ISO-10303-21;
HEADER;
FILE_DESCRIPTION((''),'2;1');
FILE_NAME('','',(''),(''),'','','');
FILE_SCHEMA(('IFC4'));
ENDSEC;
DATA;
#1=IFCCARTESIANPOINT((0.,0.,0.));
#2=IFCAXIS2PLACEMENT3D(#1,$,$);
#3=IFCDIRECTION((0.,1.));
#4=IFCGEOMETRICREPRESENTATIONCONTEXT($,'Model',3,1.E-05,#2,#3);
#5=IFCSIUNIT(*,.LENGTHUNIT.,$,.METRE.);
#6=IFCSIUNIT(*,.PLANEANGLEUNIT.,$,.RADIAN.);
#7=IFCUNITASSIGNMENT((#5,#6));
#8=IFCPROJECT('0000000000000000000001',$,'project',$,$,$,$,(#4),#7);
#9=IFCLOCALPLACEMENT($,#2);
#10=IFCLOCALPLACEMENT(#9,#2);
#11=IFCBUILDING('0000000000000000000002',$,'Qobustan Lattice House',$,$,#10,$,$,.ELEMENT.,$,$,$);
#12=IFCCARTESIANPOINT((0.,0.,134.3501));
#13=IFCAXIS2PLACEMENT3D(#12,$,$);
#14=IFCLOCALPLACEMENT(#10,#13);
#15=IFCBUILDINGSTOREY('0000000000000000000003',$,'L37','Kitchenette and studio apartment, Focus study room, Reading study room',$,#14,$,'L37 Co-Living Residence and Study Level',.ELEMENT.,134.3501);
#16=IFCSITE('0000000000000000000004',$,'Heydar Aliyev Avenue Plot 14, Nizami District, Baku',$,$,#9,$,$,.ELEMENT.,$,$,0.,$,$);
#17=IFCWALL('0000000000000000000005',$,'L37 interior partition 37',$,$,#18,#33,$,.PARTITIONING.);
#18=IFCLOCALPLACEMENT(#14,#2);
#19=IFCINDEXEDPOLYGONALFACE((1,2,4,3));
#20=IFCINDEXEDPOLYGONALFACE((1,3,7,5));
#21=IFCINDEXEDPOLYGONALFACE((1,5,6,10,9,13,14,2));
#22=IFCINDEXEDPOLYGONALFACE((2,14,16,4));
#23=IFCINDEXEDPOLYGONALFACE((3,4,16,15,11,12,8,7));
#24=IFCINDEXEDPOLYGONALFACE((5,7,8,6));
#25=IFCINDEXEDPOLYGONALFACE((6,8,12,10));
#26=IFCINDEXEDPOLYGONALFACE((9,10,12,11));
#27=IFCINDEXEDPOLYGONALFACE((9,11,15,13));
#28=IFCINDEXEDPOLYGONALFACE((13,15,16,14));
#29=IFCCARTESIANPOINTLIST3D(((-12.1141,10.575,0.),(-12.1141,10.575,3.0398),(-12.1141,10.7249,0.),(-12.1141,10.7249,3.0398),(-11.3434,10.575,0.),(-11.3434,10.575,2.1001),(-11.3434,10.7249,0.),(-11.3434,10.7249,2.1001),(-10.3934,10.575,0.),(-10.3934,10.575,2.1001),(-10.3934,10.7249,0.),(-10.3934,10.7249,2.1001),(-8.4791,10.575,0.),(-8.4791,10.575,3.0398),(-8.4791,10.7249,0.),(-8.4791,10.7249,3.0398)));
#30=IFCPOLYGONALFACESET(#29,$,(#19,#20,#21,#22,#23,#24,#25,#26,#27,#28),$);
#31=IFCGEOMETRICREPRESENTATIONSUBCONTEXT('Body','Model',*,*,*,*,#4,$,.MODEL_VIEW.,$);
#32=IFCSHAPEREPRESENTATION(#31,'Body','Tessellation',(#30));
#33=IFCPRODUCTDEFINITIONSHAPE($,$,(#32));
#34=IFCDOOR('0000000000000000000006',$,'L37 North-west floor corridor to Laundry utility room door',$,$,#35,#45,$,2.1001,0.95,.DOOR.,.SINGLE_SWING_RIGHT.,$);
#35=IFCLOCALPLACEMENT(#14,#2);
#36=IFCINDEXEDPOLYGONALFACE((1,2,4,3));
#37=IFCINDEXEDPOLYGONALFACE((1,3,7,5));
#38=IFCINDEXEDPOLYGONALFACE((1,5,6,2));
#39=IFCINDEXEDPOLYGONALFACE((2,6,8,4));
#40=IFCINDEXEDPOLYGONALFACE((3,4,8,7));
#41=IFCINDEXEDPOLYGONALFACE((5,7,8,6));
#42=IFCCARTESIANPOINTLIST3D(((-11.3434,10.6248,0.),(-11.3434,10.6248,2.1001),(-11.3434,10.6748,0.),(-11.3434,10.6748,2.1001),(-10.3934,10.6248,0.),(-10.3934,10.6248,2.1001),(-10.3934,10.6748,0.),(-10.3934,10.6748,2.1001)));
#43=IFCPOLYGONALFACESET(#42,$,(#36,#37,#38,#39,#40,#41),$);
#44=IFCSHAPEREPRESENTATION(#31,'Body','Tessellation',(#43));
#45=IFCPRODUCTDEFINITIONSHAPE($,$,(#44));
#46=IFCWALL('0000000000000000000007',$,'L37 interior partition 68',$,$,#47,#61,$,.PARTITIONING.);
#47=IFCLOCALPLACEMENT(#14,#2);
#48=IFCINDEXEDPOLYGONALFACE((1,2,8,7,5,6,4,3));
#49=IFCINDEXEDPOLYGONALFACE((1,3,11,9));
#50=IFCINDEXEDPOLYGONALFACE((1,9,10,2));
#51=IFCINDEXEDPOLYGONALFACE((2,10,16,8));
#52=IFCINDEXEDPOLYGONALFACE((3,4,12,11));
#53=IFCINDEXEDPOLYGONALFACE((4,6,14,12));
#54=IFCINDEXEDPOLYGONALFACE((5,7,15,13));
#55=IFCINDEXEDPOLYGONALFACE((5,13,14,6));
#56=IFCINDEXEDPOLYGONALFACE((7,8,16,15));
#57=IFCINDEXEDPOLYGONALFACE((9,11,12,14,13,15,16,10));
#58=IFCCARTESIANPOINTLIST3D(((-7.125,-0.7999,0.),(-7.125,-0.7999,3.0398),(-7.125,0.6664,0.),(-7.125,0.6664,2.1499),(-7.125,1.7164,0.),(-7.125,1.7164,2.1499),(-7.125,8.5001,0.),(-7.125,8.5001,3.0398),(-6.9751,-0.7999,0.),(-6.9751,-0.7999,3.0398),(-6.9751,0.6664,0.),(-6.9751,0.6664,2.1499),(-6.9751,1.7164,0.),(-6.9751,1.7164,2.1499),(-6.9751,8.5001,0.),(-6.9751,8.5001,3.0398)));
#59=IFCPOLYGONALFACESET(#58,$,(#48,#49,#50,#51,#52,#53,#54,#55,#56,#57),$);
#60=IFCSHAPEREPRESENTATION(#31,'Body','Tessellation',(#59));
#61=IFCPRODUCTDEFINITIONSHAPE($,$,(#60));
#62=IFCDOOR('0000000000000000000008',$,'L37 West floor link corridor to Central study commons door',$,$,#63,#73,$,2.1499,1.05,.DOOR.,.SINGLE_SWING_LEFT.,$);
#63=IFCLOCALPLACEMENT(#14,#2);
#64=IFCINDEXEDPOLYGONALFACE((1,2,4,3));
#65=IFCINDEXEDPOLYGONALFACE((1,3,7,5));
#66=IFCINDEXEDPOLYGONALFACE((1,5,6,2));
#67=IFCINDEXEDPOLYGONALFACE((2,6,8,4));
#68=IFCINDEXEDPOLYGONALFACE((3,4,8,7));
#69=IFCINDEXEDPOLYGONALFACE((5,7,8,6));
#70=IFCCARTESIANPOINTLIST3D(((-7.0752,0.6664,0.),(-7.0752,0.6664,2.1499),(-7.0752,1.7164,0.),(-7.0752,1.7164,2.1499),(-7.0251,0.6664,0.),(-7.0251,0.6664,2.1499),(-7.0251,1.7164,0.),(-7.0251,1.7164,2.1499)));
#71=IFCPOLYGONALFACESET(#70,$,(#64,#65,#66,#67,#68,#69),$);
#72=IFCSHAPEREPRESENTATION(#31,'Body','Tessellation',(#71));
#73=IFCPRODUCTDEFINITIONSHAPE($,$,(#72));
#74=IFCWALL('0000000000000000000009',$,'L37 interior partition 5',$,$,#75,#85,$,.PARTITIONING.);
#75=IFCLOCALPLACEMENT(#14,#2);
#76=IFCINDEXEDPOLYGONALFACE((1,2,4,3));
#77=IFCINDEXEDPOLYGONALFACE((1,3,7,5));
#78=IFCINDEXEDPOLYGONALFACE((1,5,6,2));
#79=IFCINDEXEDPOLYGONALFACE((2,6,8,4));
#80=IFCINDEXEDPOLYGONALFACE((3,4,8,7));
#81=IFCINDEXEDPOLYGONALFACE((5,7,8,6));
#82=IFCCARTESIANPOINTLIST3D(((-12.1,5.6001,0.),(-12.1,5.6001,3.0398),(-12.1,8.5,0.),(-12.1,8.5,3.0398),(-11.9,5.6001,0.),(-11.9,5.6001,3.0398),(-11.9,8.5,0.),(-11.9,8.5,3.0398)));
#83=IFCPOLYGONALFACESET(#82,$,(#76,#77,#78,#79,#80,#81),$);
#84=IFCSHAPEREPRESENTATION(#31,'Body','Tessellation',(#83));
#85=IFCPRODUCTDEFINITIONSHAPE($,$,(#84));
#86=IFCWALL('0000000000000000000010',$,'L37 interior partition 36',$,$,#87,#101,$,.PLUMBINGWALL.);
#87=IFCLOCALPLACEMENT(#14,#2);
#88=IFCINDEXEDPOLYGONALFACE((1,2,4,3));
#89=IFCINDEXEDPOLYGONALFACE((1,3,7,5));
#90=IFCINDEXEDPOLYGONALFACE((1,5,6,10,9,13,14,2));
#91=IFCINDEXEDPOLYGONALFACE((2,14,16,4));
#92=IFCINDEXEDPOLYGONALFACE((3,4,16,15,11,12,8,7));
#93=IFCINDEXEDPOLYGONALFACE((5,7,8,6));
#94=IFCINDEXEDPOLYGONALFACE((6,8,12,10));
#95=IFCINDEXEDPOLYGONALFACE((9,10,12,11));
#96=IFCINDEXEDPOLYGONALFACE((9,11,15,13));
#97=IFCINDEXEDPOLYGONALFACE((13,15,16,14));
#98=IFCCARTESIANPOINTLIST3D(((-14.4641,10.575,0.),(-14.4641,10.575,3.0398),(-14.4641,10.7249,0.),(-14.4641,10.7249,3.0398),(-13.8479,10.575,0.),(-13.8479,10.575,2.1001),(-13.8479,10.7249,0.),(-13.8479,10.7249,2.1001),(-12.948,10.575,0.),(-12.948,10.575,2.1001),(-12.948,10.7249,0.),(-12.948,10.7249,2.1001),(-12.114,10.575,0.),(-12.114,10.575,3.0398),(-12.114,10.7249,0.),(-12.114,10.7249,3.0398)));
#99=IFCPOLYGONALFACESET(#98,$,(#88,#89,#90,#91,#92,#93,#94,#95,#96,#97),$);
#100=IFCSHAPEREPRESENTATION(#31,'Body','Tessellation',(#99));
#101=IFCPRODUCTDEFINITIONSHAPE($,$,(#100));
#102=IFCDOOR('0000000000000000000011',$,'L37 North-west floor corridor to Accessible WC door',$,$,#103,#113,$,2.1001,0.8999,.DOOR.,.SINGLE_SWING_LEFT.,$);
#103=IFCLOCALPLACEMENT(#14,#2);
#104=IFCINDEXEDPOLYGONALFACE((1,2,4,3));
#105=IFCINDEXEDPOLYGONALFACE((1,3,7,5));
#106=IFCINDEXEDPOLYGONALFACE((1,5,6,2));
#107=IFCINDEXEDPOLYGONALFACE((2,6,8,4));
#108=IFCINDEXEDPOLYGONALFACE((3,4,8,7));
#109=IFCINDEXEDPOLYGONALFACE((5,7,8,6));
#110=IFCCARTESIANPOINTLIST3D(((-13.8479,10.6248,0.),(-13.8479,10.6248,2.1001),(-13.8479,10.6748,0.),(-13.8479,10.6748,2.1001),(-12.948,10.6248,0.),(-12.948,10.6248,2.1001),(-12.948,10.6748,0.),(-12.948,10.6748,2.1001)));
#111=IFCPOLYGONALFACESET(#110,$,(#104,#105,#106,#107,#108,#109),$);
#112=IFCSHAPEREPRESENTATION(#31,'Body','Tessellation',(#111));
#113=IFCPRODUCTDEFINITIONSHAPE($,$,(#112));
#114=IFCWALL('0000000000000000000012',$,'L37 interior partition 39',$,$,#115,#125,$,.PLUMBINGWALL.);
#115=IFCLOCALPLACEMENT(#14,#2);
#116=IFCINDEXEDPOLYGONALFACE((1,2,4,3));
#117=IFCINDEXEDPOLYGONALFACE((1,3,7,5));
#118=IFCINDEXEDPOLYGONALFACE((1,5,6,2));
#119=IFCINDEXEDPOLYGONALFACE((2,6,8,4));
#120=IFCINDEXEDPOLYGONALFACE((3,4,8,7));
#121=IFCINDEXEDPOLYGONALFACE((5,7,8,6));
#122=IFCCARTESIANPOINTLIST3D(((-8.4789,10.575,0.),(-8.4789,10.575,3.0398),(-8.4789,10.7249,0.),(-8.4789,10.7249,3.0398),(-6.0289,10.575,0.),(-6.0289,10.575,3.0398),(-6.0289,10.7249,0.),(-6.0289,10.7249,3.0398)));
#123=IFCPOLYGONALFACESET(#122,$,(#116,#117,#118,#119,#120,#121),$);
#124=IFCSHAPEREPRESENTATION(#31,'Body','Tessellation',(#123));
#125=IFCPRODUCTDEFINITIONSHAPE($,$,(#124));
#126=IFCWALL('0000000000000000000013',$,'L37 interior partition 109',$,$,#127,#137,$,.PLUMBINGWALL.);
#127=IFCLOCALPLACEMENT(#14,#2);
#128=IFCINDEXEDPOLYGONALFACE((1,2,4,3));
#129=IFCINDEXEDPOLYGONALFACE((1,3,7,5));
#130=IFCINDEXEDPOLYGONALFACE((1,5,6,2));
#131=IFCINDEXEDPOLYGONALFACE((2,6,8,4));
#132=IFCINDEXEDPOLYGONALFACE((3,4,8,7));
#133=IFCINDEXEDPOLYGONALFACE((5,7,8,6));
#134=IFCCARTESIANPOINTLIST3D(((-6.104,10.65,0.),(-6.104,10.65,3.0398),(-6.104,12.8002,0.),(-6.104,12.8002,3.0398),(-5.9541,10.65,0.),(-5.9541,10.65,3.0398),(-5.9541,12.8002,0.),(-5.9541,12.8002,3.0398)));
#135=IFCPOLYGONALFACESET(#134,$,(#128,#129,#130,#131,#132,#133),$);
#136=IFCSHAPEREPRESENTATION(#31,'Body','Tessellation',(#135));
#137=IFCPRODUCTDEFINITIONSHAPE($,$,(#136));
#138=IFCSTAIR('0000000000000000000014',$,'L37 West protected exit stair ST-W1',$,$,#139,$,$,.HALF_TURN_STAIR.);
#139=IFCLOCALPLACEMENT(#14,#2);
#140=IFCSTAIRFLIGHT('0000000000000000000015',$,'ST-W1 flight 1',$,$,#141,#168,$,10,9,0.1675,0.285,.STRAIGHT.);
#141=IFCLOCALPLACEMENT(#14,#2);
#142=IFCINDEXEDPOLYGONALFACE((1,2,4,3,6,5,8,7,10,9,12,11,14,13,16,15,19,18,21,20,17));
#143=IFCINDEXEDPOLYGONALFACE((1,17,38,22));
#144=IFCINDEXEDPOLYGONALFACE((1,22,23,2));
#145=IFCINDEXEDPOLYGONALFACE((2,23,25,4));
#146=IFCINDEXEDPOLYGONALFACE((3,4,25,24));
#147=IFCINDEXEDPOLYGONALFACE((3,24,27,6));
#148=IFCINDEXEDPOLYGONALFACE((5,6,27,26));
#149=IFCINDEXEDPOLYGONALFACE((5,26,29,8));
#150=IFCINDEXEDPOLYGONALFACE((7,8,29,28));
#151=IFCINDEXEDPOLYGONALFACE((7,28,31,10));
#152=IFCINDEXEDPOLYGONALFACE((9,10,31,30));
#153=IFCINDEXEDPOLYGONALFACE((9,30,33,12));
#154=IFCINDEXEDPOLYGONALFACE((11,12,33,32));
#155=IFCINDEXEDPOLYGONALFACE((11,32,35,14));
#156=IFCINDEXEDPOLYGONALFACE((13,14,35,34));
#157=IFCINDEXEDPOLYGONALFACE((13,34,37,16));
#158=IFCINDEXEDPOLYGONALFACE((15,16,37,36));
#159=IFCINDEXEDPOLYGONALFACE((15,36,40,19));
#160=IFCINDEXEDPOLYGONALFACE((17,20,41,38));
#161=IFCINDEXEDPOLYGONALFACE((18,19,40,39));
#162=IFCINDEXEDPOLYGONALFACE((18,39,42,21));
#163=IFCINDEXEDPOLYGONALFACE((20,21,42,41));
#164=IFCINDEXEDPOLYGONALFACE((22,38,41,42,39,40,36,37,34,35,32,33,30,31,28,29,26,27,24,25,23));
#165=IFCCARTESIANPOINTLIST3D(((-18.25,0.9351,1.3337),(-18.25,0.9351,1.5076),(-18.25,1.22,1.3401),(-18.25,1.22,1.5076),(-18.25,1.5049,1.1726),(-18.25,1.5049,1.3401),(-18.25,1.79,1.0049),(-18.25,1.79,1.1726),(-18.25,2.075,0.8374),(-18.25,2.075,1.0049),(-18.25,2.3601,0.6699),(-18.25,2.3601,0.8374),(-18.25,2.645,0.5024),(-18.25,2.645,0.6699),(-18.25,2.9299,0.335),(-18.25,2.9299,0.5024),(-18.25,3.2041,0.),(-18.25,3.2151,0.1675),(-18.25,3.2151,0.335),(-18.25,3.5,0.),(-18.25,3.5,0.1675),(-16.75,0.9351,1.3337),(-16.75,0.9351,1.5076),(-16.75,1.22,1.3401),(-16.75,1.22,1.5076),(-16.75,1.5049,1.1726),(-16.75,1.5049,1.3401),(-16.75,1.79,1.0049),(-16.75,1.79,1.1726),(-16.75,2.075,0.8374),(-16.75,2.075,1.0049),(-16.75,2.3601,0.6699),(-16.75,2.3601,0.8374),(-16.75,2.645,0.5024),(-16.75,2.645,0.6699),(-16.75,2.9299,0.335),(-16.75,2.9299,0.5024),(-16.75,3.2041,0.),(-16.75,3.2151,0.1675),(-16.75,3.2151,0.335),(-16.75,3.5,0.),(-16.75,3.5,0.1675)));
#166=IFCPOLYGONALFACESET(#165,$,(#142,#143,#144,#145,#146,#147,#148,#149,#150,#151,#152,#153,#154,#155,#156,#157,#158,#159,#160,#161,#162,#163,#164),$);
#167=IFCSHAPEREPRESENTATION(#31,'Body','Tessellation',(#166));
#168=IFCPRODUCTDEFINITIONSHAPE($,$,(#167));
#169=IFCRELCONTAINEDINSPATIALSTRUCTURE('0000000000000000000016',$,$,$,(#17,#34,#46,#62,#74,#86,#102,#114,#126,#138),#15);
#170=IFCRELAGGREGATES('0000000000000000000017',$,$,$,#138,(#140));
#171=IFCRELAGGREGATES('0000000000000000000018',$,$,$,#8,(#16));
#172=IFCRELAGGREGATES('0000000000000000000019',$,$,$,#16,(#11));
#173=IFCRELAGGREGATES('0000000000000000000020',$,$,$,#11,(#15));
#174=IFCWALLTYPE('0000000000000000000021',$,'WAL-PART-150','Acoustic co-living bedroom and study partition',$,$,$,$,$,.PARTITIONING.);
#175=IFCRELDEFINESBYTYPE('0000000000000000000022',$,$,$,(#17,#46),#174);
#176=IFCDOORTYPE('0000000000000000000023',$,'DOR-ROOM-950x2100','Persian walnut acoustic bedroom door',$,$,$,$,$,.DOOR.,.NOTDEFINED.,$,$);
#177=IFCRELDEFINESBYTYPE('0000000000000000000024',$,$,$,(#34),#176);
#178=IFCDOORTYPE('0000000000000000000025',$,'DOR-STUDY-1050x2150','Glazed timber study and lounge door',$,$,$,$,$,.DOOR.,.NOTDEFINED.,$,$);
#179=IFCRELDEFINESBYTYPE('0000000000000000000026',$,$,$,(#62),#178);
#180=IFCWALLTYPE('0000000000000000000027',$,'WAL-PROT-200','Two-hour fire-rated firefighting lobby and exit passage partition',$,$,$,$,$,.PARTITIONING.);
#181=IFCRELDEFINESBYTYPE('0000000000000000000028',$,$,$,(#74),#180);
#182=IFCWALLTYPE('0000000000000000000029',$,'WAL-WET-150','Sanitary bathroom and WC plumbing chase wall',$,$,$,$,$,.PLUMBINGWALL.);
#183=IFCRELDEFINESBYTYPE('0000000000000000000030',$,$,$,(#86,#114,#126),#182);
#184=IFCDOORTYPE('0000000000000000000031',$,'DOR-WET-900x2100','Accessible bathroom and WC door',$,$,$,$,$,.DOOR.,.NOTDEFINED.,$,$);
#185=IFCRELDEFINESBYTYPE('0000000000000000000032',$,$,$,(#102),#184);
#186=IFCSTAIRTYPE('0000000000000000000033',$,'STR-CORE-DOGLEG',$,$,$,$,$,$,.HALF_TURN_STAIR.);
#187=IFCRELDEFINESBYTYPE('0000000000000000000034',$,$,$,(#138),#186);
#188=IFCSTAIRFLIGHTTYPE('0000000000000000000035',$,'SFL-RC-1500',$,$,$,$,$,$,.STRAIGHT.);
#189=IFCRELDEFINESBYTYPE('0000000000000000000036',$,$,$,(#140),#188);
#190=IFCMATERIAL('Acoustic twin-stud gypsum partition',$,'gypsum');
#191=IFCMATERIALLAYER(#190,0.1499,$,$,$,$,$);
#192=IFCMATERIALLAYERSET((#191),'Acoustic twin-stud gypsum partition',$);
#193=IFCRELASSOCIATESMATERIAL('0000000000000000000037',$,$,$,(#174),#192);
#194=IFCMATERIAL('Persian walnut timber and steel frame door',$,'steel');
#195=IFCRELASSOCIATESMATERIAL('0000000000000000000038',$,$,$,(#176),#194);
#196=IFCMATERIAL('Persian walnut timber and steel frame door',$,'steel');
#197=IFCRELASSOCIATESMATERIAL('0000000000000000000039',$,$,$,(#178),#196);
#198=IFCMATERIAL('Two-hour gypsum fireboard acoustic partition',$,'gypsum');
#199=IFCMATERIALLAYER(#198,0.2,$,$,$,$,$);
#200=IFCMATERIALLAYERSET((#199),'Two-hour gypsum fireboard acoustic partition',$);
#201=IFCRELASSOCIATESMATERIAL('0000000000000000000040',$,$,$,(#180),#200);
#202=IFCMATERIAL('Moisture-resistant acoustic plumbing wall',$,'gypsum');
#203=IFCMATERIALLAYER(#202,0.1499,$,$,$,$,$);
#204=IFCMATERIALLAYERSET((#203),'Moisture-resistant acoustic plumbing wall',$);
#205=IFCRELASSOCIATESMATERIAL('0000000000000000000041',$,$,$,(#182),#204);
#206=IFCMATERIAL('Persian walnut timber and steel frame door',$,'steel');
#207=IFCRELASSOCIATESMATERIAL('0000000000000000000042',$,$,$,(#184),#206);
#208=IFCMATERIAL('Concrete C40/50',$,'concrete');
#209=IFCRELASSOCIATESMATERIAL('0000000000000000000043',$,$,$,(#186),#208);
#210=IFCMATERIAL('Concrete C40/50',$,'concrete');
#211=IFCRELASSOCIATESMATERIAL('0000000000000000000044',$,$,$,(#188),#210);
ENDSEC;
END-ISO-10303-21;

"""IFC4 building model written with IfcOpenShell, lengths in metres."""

from ifc_helpers import new_model, si_unit, direction, frame, frame_2d, origin, place, context, subcontext, project, spatial, polyline, rectangle, outline, extrude, material, layer, layer_set, type_object, element, fill, aggregate, save


model = new_model("IFC4")

# Units and contexts
model_context = context("Model", 3, precision=1e-05, world=origin(), true_north=direction((0.0, 1.0)))
body_context = subcontext(model_context, "Body", "Model", "MODEL_VIEW")
ifc_project = project(units=[si_unit("LENGTHUNIT", "METRE"), si_unit("PLANEANGLEUNIT", "RADIAN")], contexts=[model_context])

# Site, building, storey
site_placement = place(None, origin())
site = spatial("IfcSite", under=ifc_project, at=site_placement, Name="Heydar Aliyev Avenue Plot 14, Nizami District, Baku", CompositionType="ELEMENT", RefElevation=0.0)
building_placement = place(site_placement, origin())
building = spatial("IfcBuilding", under=site, at=building_placement, Name="Qobustan Lattice House", CompositionType="ELEMENT")
storey_placement = place(building_placement, frame((0.0, 0.0, 134.3501)))
storey = spatial("IfcBuildingStorey", under=building, at=storey_placement, Name="L37", Description="Kitchenette and studio apartment, Focus study room, Reading study room", LongName="L37 Co-Living Residence and Study Level", CompositionType="ELEMENT", Elevation=134.3501)

# Walls, openings, doors
ifc_material_1 = material(Name="Acoustic twin-stud gypsum partition", Category="gypsum")
ifc_layer_1 = layer(ifc_material_1, 0.1499)
ifc_layer_set_1 = layer_set([ifc_layer_1], Name="Acoustic twin-stud gypsum partition")
wall_type_1 = type_object("IfcWallType", Name="WAL-PART-150", Description="Acoustic co-living bedroom and study partition", PredefinedType="PARTITIONING", material=ifc_layer_set_1)
wall_1_placement = place(storey_placement, frame((-12.114, 10.6499, 0.0), z_axis=(0.0, 0.0, 1.0), x_axis=(1.0, 0.0, 0.0)))
wall_1 = element("IfcWall", 1, at=wall_1_placement, inside=storey, type_object=wall_type_1, Name="L37 interior partition 37", PredefinedType="PARTITIONING", context=body_context, shape_type="SweptSolid", body=[
    extrude(rectangle(XDim=3.635, YDim=0.1499, at=frame_2d((1.8174, 0.0))), origin(), (0.0, 0.0, 1.0), 3.0398),
])
opening_1_placement = place(wall_1_placement, frame((0.7705, 0.0, 0.0)))
opening_1 = element("IfcOpeningElement", 2, at=opening_1_placement, cuts=wall_1, PredefinedType="OPENING", context=body_context, shape_type="SweptSolid", body=[
    extrude(rectangle(XDim=0.95, YDim=2.1001, at=frame_2d((0.4751, 1.05))), frame((0.0, 0.085, 0.0), z_axis=(0.0, -1.0, 0.0), x_axis=(1.0, 0.0, 0.0)), (0.0, 0.0, 1.0), 0.1699),
])
ifc_material_2 = material(Name="Persian walnut timber and steel frame door", Category="steel")
door_type_1 = type_object("IfcDoorType", Name="DOR-ROOM-950x2100", Description="Persian walnut acoustic bedroom door", OperationType="NOTDEFINED", PredefinedType="DOOR", material=ifc_material_2)
door_1_placement = place(opening_1_placement, origin())
door_1 = element("IfcDoor", 3, at=door_1_placement, inside=storey, type_object=door_type_1, Name="L37 North-west floor corridor to Laundry utility room door", OperationType="SINGLE_SWING_RIGHT", OverallHeight=2.1001, OverallWidth=0.95, PredefinedType="DOOR", context=body_context, shape_type="SweptSolid", body=[
    extrude(rectangle(XDim=0.95, YDim=2.1001, at=frame_2d((0.4751, 1.05))), frame((0.0, 0.0249, 0.0), z_axis=(0.0, -1.0, 0.0), x_axis=(1.0, 0.0, 0.0)), (0.0, 0.0, 1.0), 0.05),
])
fill(opening_1, door_1)
wall_2_placement = place(storey_placement, frame((-7.05, 8.5, 0.0), z_axis=(0.0, 0.0, 1.0), x_axis=(0.0, -1.0, 0.0)))
wall_2 = element("IfcWall", 4, at=wall_2_placement, inside=storey, type_object=wall_type_1, Name="L37 interior partition 68", PredefinedType="PARTITIONING", context=body_context, shape_type="SweptSolid", body=[
    extrude(rectangle(XDim=9.3, YDim=0.1499, at=frame_2d((4.6499, 0.0))), origin(), (0.0, 0.0, 1.0), 3.0398),
])
opening_2_placement = place(wall_2_placement, frame((6.7837, 0.0, 0.0)))
opening_2 = element("IfcOpeningElement", 5, at=opening_2_placement, cuts=wall_2, PredefinedType="OPENING", context=body_context, shape_type="SweptSolid", body=[
    extrude(rectangle(XDim=1.05, YDim=2.1499, at=frame_2d((0.5249, 1.075))), frame((0.0, 0.085, 0.0), z_axis=(0.0, -1.0, 0.0), x_axis=(1.0, 0.0, 0.0)), (0.0, 0.0, 1.0), 0.1699),
])
ifc_material_3 = material(Name="Persian walnut timber and steel frame door", Category="steel")
door_type_2 = type_object("IfcDoorType", Name="DOR-STUDY-1050x2150", Description="Glazed timber study and lounge door", OperationType="NOTDEFINED", PredefinedType="DOOR", material=ifc_material_3)
door_2_placement = place(opening_2_placement, origin())
door_2 = element("IfcDoor", 6, at=door_2_placement, inside=storey, type_object=door_type_2, Name="L37 West floor link corridor to Central study commons door", OperationType="SINGLE_SWING_LEFT", OverallHeight=2.1499, OverallWidth=1.05, PredefinedType="DOOR", context=body_context, shape_type="SweptSolid", body=[
    extrude(rectangle(XDim=1.05, YDim=2.1499, at=frame_2d((0.5249, 1.075))), frame((0.0, 0.0249, 0.0), z_axis=(0.0, -1.0, 0.0), x_axis=(1.0, 0.0, 0.0)), (0.0, 0.0, 1.0), 0.05),
])
fill(opening_2, door_2)
ifc_material_4 = material(Name="Two-hour gypsum fireboard acoustic partition", Category="gypsum")
ifc_layer_2 = layer(ifc_material_4, 0.2)
ifc_layer_set_2 = layer_set([ifc_layer_2], Name="Two-hour gypsum fireboard acoustic partition")
wall_type_2 = type_object("IfcWallType", Name="WAL-PROT-200", Description="Two-hour fire-rated firefighting lobby and exit passage partition", PredefinedType="PARTITIONING", material=ifc_layer_set_2)

# Wall
wall_3_placement = place(storey_placement, frame((-12.0, 5.6001, 0.0), z_axis=(0.0, 0.0, 1.0), x_axis=(0.0, 1.0, 0.0)))
element("IfcWall", 7, at=wall_3_placement, inside=storey, type_object=wall_type_2, Name="L37 interior partition 5", PredefinedType="PARTITIONING", context=body_context, shape_type="SweptSolid", body=[
    extrude(rectangle(XDim=2.8999, YDim=0.2, at=frame_2d((1.45, 0.0))), origin(), (0.0, 0.0, 1.0), 3.0398),
])

# Wall, opening, door
ifc_material_5 = material(Name="Moisture-resistant acoustic plumbing wall", Category="gypsum")
ifc_layer_3 = layer(ifc_material_5, 0.1499)
ifc_layer_set_3 = layer_set([ifc_layer_3], Name="Moisture-resistant acoustic plumbing wall")
wall_type_3 = type_object("IfcWallType", Name="WAL-WET-150", Description="Sanitary bathroom and WC plumbing chase wall", PredefinedType="PLUMBINGWALL", material=ifc_layer_set_3)
wall_4_placement = place(storey_placement, frame((-14.4641, 10.6499, 0.0), z_axis=(0.0, 0.0, 1.0), x_axis=(1.0, 0.0, 0.0)))
wall_4 = element("IfcWall", 8, at=wall_4_placement, inside=storey, type_object=wall_type_3, Name="L37 interior partition 36", PredefinedType="PLUMBINGWALL", context=body_context, shape_type="SweptSolid", body=[
    extrude(rectangle(XDim=2.3501, YDim=0.1499, at=frame_2d((1.175, 0.0))), origin(), (0.0, 0.0, 1.0), 3.0398),
])
opening_3_placement = place(wall_4_placement, frame((0.6162, 0.0, 0.0)))
opening_3 = element("IfcOpeningElement", 9, at=opening_3_placement, cuts=wall_4, PredefinedType="OPENING", context=body_context, shape_type="SweptSolid", body=[
    extrude(rectangle(XDim=0.8999, YDim=2.1001, at=frame_2d((0.45, 1.05))), frame((0.0, 0.085, 0.0), z_axis=(0.0, -1.0, 0.0), x_axis=(1.0, 0.0, 0.0)), (0.0, 0.0, 1.0), 0.1699),
])
ifc_material_6 = material(Name="Persian walnut timber and steel frame door", Category="steel")
door_type_3 = type_object("IfcDoorType", Name="DOR-WET-900x2100", Description="Accessible bathroom and WC door", OperationType="NOTDEFINED", PredefinedType="DOOR", material=ifc_material_6)
door_3_placement = place(opening_3_placement, origin())
door_3 = element("IfcDoor", 10, at=door_3_placement, inside=storey, type_object=door_type_3, Name="L37 North-west floor corridor to Accessible WC door", OperationType="SINGLE_SWING_LEFT", OverallHeight=2.1001, OverallWidth=0.8999, PredefinedType="DOOR", context=body_context, shape_type="SweptSolid", body=[
    extrude(rectangle(XDim=0.8999, YDim=2.1001, at=frame_2d((0.45, 1.05))), frame((0.0, 0.0249, 0.0), z_axis=(0.0, -1.0, 0.0), x_axis=(1.0, 0.0, 0.0)), (0.0, 0.0, 1.0), 0.05),
])
fill(opening_3, door_3)

# Walls
wall_5_placement = place(storey_placement, frame((-8.479, 10.6499, 0.0), z_axis=(0.0, 0.0, 1.0), x_axis=(1.0, 0.0, 0.0)))
element("IfcWall", 11, at=wall_5_placement, inside=storey, type_object=wall_type_3, Name="L37 interior partition 39", PredefinedType="PLUMBINGWALL", context=body_context, shape_type="SweptSolid", body=[
    extrude(rectangle(XDim=2.45, YDim=0.1499, at=frame_2d((1.2251, 0.0))), origin(), (0.0, 0.0, 1.0), 3.0398),
])
wall_6_placement = place(storey_placement, frame((-6.0291, 10.6499, 0.0), z_axis=(0.0, 0.0, 1.0), x_axis=(0.0, 1.0, 0.0)))
element("IfcWall", 12, at=wall_6_placement, inside=storey, type_object=wall_type_3, Name="L37 interior partition 109", PredefinedType="PLUMBINGWALL", context=body_context, shape_type="SweptSolid", body=[
    extrude(rectangle(XDim=2.1501, YDim=0.1499, at=frame_2d((1.0752, 0.0))), origin(), (0.0, 0.0, 1.0), 3.0398),
])

# Stair, stair flight
ifc_material_7 = material(Name="Concrete C40/50", Category="concrete")
stair_type = type_object("IfcStairType", Name="STR-CORE-DOGLEG", PredefinedType="HALF_TURN_STAIR", material=ifc_material_7)
stair_placement = place(storey_placement, origin())
stair = element("IfcStair", 13, at=stair_placement, inside=storey, type_object=stair_type, Name="L37 West protected exit stair ST-W1", PredefinedType="HALF_TURN_STAIR")
ifc_material_8 = material(Name="Concrete C40/50", Category="concrete")
stair_flight_type = type_object("IfcStairFlightType", Name="SFL-RC-1500", PredefinedType="STRAIGHT", material=ifc_material_8)
stair_flight_placement = place(storey_placement, frame((-17.5, 3.5, 0.0), z_axis=(0.0, 0.0, 1.0), x_axis=(0.0, -1.0, 0.0)))
stair_flight = element("IfcStairFlight", 14, at=stair_flight_placement, type_object=stair_flight_type, Name="ST-W1 flight 1", NumberOfRisers=10, NumberOfTreads=9, PredefinedType="STRAIGHT", RiserHeight=0.1675, TreadLength=0.285, context=body_context, shape_type="SweptSolid", body=[
    extrude(outline(polyline([(0.0, 0.0), (0.0, 0.1675), (0.2849, 0.1675), (0.2849, 0.335), (0.5701, 0.335), (0.5701, 0.5024), (0.855, 0.5024), (0.855, 0.6699), (1.1399, 0.6699), (1.1399, 0.8374), (1.425, 0.8374), (1.425, 1.0049), (1.71, 1.0049), (1.71, 1.1726), (1.9951, 1.1726), (1.9951, 1.3401), (2.28, 1.3401), (2.28, 1.5076), (2.5649, 1.5076), (2.5649, 1.675), (2.5649, 1.3337), (0.2959, 0.0), (0.0, 0.0)])), frame((0.0, 0.75, 0.0), z_axis=(0.0, -1.0, 0.0), x_axis=(1.0, 0.0, 0.0)), (0.0, 0.0, 1.0), 1.5),
])
aggregate(stair, [stair_flight])

save(model, "model.ifc")
